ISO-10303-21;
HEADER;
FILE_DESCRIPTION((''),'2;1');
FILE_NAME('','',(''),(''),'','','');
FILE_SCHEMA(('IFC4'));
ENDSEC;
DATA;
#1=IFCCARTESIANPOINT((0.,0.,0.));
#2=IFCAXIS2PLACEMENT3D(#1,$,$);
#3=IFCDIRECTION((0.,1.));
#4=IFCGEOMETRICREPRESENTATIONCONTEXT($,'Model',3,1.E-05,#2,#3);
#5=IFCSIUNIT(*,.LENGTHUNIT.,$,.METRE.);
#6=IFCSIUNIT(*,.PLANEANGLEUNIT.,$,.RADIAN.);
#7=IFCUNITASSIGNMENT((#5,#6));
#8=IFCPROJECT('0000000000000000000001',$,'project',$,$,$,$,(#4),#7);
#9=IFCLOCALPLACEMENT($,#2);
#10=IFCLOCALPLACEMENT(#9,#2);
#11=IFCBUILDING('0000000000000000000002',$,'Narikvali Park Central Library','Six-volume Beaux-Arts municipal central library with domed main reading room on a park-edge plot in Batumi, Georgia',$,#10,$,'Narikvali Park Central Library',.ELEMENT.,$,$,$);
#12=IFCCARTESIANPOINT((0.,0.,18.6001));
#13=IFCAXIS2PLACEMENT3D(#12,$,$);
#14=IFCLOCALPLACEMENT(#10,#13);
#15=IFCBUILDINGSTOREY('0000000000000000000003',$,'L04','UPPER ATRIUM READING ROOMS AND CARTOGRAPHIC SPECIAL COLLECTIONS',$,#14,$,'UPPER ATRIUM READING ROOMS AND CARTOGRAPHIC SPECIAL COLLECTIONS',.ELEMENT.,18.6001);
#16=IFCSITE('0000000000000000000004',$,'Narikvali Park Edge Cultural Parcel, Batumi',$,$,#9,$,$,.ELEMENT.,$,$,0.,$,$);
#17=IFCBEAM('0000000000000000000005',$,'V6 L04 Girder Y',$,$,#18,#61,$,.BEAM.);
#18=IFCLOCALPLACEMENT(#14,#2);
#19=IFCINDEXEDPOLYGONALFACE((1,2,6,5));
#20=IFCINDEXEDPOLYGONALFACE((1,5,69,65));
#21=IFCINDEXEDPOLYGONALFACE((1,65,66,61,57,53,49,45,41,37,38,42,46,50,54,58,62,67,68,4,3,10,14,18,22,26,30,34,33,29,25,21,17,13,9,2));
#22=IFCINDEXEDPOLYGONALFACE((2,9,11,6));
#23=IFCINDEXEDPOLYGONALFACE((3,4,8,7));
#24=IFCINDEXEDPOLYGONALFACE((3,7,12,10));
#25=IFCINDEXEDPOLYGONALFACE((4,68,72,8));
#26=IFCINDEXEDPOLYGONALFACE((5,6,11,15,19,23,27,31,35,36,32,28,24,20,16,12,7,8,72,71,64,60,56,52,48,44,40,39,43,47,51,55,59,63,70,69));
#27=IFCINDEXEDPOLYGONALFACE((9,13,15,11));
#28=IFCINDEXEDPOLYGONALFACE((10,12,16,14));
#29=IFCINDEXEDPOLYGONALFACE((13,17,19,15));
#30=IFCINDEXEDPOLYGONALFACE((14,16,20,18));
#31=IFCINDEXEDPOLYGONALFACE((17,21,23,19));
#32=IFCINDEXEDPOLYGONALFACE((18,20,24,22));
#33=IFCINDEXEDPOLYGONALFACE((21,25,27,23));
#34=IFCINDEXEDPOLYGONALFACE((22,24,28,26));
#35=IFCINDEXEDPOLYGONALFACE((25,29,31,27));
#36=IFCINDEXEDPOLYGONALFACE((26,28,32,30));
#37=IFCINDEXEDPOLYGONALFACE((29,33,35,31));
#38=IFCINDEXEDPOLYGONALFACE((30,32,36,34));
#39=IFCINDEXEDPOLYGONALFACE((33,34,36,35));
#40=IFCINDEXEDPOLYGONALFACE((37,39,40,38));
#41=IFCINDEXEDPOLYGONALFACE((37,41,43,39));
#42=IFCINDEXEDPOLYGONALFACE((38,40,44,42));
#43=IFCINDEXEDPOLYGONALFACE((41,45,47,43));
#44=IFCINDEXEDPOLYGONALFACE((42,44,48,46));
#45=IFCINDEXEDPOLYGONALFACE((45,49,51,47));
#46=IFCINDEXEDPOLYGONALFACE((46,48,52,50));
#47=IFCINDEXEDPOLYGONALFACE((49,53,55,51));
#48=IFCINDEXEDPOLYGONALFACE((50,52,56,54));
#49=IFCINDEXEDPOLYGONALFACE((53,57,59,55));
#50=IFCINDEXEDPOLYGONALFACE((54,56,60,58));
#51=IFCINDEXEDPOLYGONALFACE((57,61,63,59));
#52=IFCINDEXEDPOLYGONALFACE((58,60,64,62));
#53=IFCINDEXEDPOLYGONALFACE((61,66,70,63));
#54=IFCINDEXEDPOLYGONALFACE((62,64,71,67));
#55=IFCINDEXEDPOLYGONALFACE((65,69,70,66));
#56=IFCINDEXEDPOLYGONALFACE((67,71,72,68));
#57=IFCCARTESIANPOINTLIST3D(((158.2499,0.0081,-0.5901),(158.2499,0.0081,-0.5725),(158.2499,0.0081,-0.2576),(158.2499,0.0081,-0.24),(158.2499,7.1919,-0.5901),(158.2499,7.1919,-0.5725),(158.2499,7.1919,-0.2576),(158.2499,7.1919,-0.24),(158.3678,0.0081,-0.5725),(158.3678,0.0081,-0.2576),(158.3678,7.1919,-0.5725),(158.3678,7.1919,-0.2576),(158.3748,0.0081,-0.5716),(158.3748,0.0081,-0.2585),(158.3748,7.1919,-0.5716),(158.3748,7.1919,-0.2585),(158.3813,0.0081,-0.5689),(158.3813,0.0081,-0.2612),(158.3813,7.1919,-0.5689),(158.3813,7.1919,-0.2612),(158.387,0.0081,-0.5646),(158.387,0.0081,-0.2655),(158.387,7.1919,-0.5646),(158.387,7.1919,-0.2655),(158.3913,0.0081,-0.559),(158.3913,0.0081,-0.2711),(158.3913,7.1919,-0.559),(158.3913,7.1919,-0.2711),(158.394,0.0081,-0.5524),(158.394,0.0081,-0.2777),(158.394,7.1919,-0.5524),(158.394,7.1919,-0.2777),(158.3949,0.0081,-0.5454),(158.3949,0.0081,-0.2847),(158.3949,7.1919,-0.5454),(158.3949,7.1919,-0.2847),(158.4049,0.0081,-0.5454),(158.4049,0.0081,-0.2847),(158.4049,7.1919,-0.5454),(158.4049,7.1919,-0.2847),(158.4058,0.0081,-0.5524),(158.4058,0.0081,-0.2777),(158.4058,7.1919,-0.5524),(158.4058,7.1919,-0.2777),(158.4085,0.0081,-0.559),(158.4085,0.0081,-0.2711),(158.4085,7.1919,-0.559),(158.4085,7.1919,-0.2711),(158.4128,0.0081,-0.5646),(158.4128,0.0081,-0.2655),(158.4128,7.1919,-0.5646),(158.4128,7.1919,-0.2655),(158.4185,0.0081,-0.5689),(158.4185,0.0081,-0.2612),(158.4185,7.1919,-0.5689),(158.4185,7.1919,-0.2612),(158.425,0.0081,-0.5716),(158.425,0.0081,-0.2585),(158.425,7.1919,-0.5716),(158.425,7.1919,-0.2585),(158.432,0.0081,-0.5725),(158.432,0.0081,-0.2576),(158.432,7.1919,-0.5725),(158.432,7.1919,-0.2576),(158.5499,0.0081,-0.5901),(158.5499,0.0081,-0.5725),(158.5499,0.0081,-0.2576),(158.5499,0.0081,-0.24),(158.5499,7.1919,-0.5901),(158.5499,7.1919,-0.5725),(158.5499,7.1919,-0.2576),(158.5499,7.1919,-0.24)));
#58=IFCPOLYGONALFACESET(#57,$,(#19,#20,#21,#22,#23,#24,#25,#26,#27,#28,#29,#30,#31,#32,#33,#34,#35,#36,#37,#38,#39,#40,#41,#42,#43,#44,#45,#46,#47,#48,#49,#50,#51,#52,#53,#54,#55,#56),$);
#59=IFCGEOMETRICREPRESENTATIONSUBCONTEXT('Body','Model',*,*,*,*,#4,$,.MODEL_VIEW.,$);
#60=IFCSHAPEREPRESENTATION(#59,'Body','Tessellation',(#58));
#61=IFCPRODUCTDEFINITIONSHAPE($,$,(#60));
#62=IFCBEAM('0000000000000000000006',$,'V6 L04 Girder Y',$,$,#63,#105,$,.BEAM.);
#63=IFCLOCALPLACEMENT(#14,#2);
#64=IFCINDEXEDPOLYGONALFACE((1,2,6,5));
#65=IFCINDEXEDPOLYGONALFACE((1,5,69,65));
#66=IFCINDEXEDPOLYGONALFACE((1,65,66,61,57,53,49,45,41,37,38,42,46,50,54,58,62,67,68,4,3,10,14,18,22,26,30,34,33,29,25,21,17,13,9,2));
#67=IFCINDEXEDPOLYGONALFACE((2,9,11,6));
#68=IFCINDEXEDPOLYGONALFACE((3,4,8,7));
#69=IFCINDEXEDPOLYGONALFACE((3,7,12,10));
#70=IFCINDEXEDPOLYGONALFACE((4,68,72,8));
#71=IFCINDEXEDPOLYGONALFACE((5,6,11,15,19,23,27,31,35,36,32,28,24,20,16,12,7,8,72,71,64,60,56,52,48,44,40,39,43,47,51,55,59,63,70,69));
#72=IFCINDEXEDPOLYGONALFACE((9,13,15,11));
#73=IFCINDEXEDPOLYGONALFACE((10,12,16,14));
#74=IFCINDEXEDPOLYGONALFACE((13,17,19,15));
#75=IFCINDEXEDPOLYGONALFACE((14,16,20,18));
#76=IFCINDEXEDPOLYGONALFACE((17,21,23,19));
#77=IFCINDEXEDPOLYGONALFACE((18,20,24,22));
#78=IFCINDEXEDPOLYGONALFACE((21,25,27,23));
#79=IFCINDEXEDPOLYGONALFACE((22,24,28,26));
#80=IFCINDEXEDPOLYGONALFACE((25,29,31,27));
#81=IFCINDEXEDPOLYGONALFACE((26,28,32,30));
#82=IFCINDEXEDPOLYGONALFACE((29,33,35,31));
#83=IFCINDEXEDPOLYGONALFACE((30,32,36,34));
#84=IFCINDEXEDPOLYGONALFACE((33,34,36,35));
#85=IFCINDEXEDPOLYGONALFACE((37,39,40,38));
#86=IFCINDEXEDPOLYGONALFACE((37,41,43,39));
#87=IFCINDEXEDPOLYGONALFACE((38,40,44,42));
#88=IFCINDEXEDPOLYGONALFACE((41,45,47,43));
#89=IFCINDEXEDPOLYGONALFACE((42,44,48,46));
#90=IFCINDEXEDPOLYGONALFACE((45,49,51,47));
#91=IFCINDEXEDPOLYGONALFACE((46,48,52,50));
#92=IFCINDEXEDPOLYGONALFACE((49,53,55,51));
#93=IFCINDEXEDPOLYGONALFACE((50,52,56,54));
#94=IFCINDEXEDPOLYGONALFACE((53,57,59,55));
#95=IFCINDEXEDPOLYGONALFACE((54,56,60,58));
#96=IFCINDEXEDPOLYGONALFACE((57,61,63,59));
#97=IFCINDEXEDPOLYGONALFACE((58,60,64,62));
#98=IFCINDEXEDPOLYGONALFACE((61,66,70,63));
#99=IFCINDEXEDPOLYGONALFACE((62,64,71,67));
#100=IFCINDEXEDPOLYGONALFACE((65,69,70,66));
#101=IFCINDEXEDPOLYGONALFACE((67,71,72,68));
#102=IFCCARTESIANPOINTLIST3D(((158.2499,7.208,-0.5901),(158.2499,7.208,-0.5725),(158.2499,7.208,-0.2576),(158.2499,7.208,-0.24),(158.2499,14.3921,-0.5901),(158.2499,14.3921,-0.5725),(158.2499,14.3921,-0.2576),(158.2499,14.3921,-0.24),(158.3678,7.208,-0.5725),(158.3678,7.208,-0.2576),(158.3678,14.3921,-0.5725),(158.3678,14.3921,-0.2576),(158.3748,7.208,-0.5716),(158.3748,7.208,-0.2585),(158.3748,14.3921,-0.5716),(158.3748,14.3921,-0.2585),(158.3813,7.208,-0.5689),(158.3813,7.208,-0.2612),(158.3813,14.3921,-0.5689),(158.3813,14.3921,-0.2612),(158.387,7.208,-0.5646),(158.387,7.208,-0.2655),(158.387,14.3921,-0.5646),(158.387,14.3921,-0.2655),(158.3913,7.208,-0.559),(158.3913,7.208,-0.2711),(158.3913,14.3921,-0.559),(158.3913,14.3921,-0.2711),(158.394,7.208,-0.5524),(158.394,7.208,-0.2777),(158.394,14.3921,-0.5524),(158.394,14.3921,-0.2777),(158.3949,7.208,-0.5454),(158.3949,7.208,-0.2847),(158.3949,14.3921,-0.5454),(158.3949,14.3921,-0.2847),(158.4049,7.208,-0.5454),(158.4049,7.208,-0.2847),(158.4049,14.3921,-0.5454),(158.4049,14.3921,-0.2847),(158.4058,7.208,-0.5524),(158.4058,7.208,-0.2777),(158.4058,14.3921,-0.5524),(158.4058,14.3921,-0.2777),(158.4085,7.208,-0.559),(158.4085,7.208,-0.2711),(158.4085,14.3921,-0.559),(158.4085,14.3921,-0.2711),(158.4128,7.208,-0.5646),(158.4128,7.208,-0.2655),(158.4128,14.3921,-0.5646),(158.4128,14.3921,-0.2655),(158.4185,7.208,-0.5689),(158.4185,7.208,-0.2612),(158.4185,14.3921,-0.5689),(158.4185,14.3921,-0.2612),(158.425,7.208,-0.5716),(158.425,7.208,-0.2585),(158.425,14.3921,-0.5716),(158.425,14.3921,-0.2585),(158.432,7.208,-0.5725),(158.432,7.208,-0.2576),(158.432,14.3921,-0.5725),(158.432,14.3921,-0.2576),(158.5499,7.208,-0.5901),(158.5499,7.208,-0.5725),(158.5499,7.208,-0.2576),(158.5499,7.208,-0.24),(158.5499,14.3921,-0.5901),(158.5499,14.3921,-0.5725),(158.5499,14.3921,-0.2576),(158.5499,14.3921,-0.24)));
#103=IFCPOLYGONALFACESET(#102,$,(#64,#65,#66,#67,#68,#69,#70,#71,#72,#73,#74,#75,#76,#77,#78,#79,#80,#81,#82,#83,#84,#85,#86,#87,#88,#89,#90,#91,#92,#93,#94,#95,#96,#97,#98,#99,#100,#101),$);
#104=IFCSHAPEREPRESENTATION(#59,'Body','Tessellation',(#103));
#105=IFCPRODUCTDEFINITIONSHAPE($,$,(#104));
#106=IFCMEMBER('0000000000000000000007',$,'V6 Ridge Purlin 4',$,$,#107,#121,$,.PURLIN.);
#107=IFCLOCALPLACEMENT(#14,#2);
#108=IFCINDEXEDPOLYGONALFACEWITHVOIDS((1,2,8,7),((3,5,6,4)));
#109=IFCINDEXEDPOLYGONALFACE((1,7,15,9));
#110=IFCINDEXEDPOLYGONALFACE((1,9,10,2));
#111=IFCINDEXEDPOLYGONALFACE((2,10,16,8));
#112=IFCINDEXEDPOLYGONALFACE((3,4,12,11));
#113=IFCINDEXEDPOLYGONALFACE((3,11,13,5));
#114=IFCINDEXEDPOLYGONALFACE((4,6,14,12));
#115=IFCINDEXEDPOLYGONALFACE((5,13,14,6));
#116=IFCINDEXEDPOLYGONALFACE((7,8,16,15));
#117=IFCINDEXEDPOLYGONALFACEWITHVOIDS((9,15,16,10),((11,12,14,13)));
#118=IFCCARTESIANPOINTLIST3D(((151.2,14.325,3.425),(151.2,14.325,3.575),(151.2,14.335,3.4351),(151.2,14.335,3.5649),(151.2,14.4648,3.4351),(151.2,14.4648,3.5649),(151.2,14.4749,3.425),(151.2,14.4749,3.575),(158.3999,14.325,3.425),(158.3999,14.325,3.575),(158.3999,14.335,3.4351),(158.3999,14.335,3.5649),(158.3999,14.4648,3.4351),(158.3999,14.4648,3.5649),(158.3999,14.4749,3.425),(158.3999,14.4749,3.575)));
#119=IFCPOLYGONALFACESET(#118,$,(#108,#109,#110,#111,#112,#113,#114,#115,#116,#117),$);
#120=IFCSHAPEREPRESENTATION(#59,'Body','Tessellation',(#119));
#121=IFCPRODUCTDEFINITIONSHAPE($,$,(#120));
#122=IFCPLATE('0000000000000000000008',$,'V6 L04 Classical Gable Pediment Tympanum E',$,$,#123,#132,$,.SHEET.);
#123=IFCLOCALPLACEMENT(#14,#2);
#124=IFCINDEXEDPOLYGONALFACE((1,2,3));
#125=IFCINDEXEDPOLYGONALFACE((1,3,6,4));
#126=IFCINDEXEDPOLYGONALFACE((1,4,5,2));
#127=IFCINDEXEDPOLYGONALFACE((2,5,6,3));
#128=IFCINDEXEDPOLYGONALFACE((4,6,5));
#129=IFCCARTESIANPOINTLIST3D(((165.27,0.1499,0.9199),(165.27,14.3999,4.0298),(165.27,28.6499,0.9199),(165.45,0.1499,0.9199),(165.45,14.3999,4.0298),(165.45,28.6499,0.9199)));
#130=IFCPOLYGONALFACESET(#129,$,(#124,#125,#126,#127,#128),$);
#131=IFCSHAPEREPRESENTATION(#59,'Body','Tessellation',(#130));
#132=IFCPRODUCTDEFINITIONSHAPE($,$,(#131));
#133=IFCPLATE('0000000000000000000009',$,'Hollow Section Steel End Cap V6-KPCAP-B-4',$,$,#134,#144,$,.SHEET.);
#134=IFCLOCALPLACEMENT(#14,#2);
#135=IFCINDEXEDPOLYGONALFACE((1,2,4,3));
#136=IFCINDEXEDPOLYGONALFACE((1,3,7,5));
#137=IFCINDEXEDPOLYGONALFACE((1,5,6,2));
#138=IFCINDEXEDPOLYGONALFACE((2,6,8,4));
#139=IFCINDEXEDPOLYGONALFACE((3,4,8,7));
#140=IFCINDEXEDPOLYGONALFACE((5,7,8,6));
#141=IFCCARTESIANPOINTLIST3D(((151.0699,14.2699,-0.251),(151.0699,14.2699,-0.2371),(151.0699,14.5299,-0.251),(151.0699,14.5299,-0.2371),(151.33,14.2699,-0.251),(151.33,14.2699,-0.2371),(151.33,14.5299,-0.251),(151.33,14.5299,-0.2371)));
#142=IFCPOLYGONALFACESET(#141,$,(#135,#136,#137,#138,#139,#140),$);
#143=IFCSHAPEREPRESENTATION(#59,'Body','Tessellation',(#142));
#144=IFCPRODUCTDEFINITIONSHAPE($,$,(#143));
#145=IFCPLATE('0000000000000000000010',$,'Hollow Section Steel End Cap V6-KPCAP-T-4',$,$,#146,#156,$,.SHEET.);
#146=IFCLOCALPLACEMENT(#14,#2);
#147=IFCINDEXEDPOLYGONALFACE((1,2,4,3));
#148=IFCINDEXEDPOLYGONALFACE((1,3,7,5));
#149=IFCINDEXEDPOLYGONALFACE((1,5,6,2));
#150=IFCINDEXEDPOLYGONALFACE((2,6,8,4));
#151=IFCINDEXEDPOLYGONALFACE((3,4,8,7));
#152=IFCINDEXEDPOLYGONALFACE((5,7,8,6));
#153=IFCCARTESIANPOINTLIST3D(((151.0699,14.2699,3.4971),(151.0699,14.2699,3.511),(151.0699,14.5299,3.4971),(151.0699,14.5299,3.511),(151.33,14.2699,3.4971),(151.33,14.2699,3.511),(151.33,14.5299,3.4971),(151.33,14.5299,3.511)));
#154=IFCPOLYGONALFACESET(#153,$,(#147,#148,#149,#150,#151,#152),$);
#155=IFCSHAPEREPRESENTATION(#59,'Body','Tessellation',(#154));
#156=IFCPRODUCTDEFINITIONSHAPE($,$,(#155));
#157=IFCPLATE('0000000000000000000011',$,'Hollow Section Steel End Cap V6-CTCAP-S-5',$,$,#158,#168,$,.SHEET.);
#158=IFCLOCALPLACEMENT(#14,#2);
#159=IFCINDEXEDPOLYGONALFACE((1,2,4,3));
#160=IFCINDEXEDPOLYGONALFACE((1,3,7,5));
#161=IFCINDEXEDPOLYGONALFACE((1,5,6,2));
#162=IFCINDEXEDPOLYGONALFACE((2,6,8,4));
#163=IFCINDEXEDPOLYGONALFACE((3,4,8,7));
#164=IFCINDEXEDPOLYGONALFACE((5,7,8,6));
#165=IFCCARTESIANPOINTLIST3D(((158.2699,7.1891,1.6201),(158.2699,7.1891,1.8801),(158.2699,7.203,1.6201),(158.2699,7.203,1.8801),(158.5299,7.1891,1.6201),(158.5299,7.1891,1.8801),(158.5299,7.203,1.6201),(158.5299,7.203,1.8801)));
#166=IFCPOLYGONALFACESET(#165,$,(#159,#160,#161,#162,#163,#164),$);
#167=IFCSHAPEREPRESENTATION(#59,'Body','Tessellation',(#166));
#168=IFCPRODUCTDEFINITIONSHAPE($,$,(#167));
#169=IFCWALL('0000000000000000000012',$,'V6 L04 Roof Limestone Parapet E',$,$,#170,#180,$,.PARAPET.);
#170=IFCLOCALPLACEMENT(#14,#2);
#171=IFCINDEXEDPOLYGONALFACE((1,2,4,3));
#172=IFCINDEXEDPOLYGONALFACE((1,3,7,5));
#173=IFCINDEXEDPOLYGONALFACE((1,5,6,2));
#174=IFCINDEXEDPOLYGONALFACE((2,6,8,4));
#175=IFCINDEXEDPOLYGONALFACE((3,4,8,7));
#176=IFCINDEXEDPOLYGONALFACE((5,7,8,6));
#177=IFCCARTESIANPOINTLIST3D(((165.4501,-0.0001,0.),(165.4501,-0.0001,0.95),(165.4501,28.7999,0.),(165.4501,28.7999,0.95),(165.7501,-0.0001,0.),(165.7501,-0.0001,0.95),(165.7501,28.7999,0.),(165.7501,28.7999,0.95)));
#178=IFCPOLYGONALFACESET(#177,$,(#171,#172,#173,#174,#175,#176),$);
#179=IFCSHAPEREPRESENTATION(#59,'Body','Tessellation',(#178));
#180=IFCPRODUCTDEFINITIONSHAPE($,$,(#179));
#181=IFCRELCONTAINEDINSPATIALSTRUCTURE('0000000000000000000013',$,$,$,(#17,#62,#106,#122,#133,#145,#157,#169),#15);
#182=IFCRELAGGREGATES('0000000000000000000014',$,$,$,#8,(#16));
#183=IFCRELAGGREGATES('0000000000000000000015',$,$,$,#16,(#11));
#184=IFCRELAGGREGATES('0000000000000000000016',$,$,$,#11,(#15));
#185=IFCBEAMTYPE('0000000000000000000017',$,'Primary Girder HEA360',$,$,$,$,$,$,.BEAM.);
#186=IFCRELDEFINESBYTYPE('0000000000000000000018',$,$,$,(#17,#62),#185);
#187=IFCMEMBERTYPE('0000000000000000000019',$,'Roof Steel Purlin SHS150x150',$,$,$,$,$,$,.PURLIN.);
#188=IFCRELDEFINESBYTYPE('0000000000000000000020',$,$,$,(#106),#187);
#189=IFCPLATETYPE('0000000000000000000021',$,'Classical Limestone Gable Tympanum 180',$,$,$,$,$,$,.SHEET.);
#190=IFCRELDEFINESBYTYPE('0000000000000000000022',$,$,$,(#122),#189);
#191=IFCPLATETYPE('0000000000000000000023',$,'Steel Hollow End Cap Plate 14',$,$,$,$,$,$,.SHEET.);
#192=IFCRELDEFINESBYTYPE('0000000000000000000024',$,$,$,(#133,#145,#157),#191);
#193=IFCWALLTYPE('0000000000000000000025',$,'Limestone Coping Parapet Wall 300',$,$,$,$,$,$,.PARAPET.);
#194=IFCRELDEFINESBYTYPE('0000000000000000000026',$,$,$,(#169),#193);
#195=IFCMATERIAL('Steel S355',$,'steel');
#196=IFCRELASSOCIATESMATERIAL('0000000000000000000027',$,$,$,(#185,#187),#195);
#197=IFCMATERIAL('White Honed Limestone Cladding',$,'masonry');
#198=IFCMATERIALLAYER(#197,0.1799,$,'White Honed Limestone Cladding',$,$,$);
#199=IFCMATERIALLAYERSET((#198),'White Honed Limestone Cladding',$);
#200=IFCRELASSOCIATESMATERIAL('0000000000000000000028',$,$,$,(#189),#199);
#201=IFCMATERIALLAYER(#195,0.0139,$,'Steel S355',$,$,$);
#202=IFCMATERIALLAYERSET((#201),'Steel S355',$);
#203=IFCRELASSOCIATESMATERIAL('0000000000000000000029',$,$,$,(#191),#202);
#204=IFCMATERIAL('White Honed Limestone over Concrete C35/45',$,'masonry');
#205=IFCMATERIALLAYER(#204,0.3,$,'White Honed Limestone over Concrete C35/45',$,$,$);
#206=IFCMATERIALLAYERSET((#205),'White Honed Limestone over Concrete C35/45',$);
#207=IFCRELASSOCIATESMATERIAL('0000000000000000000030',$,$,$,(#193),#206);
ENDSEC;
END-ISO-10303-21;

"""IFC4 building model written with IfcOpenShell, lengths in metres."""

from ifc_helpers import new_model, si_unit, direction, frame, frame_2d, origin, origin_2d, place, context, subcontext, project, spatial, polyline, rectangle, hollow_rectangle, i_section, outline, extrude, material, layer, layer_set, material_profile, profile_set, type_object, element, save


model = new_model("IFC4")

# Units and contexts
model_context = context("Model", 3, precision=1e-05, world=origin(), true_north=direction((0.0, 1.0)))
body_context = subcontext(model_context, "Body", "Model", "MODEL_VIEW")
ifc_project = project(units=[si_unit("LENGTHUNIT", "METRE"), si_unit("PLANEANGLEUNIT", "RADIAN")], contexts=[model_context])

# Site, building, storey
site_placement = place(None, origin())
site = spatial("IfcSite", under=ifc_project, at=site_placement, Name="Narikvali Park Edge Cultural Parcel, Batumi", CompositionType="ELEMENT", RefElevation=0.0)
building_placement = place(site_placement, origin())
building = spatial("IfcBuilding", under=site, at=building_placement, Name="Narikvali Park Central Library", Description="Six-volume Beaux-Arts municipal central library with domed main reading room on a park-edge plot in Batumi, Georgia", LongName="Narikvali Park Central Library", CompositionType="ELEMENT")
storey_placement = place(building_placement, frame((0.0, 0.0, 18.6001)))
storey = spatial("IfcBuildingStorey", under=building, at=storey_placement, Name="L04", Description="UPPER ATRIUM READING ROOMS AND CARTOGRAPHIC SPECIAL COLLECTIONS", LongName="UPPER ATRIUM READING ROOMS AND CARTOGRAPHIC SPECIAL COLLECTIONS", CompositionType="ELEMENT", Elevation=18.6001)

# Shared definitions
ifc_material_1 = material(Name="Steel S355", Category="steel")

# Beams
ifc_material_profile_1 = material_profile(ifc_material_1, i_section(OverallWidth=0.3, OverallDepth=0.3501, WebThickness=0.01, FlangeThickness=0.0176, FilletRadius=0.0271, at=origin_2d()), Name="HEA 360")
ifc_profile_set_1 = profile_set([ifc_material_profile_1], Name="Steel S355")
beam_type_1 = type_object("IfcBeamType", Name="Primary Girder HEA360", PredefinedType="BEAM", material=ifc_profile_set_1)
beam_1_placement = place(storey_placement, frame((158.3999, 0.0081, -0.415), z_axis=(0.0, 1.0, 0.0), x_axis=(-1.0, 0.0, 0.0)))
element("IfcBeam", 1, at=beam_1_placement, inside=storey, type_object=beam_type_1, Name="V6 L04 Girder Y", PredefinedType="BEAM", context=body_context, shape_type="SweptSolid", body=[
    extrude(i_section(OverallWidth=0.3, OverallDepth=0.3501, WebThickness=0.01, FlangeThickness=0.0176, FilletRadius=0.0271, at=origin_2d()), origin(), (0.0, 0.0, 1.0), 7.1838),
])
beam_2_placement = place(storey_placement, frame((158.3999, 7.208, -0.415), z_axis=(0.0, 1.0, 0.0), x_axis=(-1.0, 0.0, 0.0)))
element("IfcBeam", 2, at=beam_2_placement, inside=storey, type_object=beam_type_1, Name="V6 L04 Girder Y", PredefinedType="BEAM", context=body_context, shape_type="SweptSolid", body=[
    extrude(i_section(OverallWidth=0.3, OverallDepth=0.3501, WebThickness=0.01, FlangeThickness=0.0176, FilletRadius=0.0271, at=origin_2d()), origin(), (0.0, 0.0, 1.0), 7.1841),
])

# Member
ifc_material_profile_2 = material_profile(ifc_material_1, hollow_rectangle(XDim=0.1499, YDim=0.1499, WallThickness=0.01, at=origin_2d()), Name="SHS 150x150x10")
ifc_profile_set_2 = profile_set([ifc_material_profile_2], Name="Steel S355")
member_type_1 = type_object("IfcMemberType", Name="Roof Steel Purlin SHS150x150", PredefinedType="PURLIN", material=ifc_profile_set_2)
member_1_placement = place(storey_placement, frame((151.2, 14.3999, 3.5), z_axis=(1.0, 0.0, 0.0), x_axis=(0.0, 1.0, 0.0)))
element("IfcMember", 3, at=member_1_placement, inside=storey, type_object=member_type_1, Name="V6 Ridge Purlin 4", PredefinedType="PURLIN", context=body_context, shape_type="SweptSolid", body=[
    extrude(hollow_rectangle(XDim=0.1499, YDim=0.1499, WallThickness=0.01, at=origin_2d()), origin(), (0.0, 0.0, 1.0), 7.2),
])

# Plates
ifc_material_2 = material(Name="White Honed Limestone Cladding", Category="masonry")
ifc_layer_1 = layer(ifc_material_2, 0.1799, Name="White Honed Limestone Cladding")
ifc_layer_set_1 = layer_set([ifc_layer_1], Name="White Honed Limestone Cladding")
plate_type_1 = type_object("IfcPlateType", Name="Classical Limestone Gable Tympanum 180", PredefinedType="SHEET", material=ifc_layer_set_1)
plate_1_placement = place(storey_placement, frame((165.45, 0.1499, 0.9199), z_axis=(1.0, 0.0, 0.0), x_axis=(0.0, 1.0, 0.0)))
element("IfcPlate", 4, at=plate_1_placement, inside=storey, type_object=plate_type_1, Name="V6 L04 Classical Gable Pediment Tympanum E", PredefinedType="SHEET", context=body_context, shape_type="SweptSolid", body=[
    extrude(outline(polyline([(0.0, 0.0), (28.5, 0.0), (14.25, 3.1099), (0.0, 0.0)])), origin(), (0.0, 0.0, -1.0), 0.1799),
])
ifc_layer_2 = layer(ifc_material_1, 0.0139, Name="Steel S355")
ifc_layer_set_2 = layer_set([ifc_layer_2], Name="Steel S355")
plate_type_2 = type_object("IfcPlateType", Name="Steel Hollow End Cap Plate 14", PredefinedType="SHEET", material=ifc_layer_set_2)
for number, where, z_axis, x_axis, name in (
    (5, (151.2, 14.3999, -0.251), (0.0, 0.0, 1.0), (1.0, 0.0, 0.0), "Hollow Section Steel End Cap V6-KPCAP-B-4"),
    (6, (151.2, 14.3999, 3.4971), (0.0, 0.0, 1.0), (1.0, 0.0, 0.0), "Hollow Section Steel End Cap V6-KPCAP-T-4"),
):
    element("IfcPlate", number, at=place(storey_placement, frame(where, z_axis=z_axis, x_axis=x_axis)), inside=storey, type_object=plate_type_2, Name=name, PredefinedType="SHEET", context=body_context, shape_type="SweptSolid", body=[
        extrude(rectangle(XDim=0.26, YDim=0.26, at=origin_2d()), origin(), (0.0, 0.0, 1.0), 0.0139),
    ])
plate_2_placement = place(storey_placement, frame((158.3999, 7.196, 1.6201), z_axis=(0.0, 0.0, 1.0), x_axis=(-1.0, 0.0, 0.0)))
element("IfcPlate", 7, at=plate_2_placement, inside=storey, type_object=plate_type_2, Name="Hollow Section Steel End Cap V6-CTCAP-S-5", PredefinedType="SHEET", context=body_context, shape_type="SweptSolid", body=[
    extrude(rectangle(XDim=0.26, YDim=0.0139, at=origin_2d()), origin(), (0.0, 0.0, 1.0), 0.26),
])

# Wall
ifc_material_3 = material(Name="White Honed Limestone over Concrete C35/45", Category="masonry")
ifc_layer_3 = layer(ifc_material_3, 0.3, Name="White Honed Limestone over Concrete C35/45")
ifc_layer_set_3 = layer_set([ifc_layer_3], Name="White Honed Limestone over Concrete C35/45")
wall_type = type_object("IfcWallType", Name="Limestone Coping Parapet Wall 300", PredefinedType="PARAPET", material=ifc_layer_set_3)
wall_placement = place(storey_placement, frame((165.6001, 0.0, 0.0), z_axis=(0.0, 0.0, 1.0), x_axis=(0.0, 1.0, 0.0)))
element("IfcWall", 8, at=wall_placement, inside=storey, type_object=wall_type, Name="V6 L04 Roof Limestone Parapet E", PredefinedType="PARAPET", context=body_context, shape_type="SweptSolid", body=[
    extrude(rectangle(XDim=28.8, YDim=0.3, at=frame_2d((14.3999, 0.0))), origin(), (0.0, 0.0, 1.0), 0.95),
])

save(model, "model.ifc")
